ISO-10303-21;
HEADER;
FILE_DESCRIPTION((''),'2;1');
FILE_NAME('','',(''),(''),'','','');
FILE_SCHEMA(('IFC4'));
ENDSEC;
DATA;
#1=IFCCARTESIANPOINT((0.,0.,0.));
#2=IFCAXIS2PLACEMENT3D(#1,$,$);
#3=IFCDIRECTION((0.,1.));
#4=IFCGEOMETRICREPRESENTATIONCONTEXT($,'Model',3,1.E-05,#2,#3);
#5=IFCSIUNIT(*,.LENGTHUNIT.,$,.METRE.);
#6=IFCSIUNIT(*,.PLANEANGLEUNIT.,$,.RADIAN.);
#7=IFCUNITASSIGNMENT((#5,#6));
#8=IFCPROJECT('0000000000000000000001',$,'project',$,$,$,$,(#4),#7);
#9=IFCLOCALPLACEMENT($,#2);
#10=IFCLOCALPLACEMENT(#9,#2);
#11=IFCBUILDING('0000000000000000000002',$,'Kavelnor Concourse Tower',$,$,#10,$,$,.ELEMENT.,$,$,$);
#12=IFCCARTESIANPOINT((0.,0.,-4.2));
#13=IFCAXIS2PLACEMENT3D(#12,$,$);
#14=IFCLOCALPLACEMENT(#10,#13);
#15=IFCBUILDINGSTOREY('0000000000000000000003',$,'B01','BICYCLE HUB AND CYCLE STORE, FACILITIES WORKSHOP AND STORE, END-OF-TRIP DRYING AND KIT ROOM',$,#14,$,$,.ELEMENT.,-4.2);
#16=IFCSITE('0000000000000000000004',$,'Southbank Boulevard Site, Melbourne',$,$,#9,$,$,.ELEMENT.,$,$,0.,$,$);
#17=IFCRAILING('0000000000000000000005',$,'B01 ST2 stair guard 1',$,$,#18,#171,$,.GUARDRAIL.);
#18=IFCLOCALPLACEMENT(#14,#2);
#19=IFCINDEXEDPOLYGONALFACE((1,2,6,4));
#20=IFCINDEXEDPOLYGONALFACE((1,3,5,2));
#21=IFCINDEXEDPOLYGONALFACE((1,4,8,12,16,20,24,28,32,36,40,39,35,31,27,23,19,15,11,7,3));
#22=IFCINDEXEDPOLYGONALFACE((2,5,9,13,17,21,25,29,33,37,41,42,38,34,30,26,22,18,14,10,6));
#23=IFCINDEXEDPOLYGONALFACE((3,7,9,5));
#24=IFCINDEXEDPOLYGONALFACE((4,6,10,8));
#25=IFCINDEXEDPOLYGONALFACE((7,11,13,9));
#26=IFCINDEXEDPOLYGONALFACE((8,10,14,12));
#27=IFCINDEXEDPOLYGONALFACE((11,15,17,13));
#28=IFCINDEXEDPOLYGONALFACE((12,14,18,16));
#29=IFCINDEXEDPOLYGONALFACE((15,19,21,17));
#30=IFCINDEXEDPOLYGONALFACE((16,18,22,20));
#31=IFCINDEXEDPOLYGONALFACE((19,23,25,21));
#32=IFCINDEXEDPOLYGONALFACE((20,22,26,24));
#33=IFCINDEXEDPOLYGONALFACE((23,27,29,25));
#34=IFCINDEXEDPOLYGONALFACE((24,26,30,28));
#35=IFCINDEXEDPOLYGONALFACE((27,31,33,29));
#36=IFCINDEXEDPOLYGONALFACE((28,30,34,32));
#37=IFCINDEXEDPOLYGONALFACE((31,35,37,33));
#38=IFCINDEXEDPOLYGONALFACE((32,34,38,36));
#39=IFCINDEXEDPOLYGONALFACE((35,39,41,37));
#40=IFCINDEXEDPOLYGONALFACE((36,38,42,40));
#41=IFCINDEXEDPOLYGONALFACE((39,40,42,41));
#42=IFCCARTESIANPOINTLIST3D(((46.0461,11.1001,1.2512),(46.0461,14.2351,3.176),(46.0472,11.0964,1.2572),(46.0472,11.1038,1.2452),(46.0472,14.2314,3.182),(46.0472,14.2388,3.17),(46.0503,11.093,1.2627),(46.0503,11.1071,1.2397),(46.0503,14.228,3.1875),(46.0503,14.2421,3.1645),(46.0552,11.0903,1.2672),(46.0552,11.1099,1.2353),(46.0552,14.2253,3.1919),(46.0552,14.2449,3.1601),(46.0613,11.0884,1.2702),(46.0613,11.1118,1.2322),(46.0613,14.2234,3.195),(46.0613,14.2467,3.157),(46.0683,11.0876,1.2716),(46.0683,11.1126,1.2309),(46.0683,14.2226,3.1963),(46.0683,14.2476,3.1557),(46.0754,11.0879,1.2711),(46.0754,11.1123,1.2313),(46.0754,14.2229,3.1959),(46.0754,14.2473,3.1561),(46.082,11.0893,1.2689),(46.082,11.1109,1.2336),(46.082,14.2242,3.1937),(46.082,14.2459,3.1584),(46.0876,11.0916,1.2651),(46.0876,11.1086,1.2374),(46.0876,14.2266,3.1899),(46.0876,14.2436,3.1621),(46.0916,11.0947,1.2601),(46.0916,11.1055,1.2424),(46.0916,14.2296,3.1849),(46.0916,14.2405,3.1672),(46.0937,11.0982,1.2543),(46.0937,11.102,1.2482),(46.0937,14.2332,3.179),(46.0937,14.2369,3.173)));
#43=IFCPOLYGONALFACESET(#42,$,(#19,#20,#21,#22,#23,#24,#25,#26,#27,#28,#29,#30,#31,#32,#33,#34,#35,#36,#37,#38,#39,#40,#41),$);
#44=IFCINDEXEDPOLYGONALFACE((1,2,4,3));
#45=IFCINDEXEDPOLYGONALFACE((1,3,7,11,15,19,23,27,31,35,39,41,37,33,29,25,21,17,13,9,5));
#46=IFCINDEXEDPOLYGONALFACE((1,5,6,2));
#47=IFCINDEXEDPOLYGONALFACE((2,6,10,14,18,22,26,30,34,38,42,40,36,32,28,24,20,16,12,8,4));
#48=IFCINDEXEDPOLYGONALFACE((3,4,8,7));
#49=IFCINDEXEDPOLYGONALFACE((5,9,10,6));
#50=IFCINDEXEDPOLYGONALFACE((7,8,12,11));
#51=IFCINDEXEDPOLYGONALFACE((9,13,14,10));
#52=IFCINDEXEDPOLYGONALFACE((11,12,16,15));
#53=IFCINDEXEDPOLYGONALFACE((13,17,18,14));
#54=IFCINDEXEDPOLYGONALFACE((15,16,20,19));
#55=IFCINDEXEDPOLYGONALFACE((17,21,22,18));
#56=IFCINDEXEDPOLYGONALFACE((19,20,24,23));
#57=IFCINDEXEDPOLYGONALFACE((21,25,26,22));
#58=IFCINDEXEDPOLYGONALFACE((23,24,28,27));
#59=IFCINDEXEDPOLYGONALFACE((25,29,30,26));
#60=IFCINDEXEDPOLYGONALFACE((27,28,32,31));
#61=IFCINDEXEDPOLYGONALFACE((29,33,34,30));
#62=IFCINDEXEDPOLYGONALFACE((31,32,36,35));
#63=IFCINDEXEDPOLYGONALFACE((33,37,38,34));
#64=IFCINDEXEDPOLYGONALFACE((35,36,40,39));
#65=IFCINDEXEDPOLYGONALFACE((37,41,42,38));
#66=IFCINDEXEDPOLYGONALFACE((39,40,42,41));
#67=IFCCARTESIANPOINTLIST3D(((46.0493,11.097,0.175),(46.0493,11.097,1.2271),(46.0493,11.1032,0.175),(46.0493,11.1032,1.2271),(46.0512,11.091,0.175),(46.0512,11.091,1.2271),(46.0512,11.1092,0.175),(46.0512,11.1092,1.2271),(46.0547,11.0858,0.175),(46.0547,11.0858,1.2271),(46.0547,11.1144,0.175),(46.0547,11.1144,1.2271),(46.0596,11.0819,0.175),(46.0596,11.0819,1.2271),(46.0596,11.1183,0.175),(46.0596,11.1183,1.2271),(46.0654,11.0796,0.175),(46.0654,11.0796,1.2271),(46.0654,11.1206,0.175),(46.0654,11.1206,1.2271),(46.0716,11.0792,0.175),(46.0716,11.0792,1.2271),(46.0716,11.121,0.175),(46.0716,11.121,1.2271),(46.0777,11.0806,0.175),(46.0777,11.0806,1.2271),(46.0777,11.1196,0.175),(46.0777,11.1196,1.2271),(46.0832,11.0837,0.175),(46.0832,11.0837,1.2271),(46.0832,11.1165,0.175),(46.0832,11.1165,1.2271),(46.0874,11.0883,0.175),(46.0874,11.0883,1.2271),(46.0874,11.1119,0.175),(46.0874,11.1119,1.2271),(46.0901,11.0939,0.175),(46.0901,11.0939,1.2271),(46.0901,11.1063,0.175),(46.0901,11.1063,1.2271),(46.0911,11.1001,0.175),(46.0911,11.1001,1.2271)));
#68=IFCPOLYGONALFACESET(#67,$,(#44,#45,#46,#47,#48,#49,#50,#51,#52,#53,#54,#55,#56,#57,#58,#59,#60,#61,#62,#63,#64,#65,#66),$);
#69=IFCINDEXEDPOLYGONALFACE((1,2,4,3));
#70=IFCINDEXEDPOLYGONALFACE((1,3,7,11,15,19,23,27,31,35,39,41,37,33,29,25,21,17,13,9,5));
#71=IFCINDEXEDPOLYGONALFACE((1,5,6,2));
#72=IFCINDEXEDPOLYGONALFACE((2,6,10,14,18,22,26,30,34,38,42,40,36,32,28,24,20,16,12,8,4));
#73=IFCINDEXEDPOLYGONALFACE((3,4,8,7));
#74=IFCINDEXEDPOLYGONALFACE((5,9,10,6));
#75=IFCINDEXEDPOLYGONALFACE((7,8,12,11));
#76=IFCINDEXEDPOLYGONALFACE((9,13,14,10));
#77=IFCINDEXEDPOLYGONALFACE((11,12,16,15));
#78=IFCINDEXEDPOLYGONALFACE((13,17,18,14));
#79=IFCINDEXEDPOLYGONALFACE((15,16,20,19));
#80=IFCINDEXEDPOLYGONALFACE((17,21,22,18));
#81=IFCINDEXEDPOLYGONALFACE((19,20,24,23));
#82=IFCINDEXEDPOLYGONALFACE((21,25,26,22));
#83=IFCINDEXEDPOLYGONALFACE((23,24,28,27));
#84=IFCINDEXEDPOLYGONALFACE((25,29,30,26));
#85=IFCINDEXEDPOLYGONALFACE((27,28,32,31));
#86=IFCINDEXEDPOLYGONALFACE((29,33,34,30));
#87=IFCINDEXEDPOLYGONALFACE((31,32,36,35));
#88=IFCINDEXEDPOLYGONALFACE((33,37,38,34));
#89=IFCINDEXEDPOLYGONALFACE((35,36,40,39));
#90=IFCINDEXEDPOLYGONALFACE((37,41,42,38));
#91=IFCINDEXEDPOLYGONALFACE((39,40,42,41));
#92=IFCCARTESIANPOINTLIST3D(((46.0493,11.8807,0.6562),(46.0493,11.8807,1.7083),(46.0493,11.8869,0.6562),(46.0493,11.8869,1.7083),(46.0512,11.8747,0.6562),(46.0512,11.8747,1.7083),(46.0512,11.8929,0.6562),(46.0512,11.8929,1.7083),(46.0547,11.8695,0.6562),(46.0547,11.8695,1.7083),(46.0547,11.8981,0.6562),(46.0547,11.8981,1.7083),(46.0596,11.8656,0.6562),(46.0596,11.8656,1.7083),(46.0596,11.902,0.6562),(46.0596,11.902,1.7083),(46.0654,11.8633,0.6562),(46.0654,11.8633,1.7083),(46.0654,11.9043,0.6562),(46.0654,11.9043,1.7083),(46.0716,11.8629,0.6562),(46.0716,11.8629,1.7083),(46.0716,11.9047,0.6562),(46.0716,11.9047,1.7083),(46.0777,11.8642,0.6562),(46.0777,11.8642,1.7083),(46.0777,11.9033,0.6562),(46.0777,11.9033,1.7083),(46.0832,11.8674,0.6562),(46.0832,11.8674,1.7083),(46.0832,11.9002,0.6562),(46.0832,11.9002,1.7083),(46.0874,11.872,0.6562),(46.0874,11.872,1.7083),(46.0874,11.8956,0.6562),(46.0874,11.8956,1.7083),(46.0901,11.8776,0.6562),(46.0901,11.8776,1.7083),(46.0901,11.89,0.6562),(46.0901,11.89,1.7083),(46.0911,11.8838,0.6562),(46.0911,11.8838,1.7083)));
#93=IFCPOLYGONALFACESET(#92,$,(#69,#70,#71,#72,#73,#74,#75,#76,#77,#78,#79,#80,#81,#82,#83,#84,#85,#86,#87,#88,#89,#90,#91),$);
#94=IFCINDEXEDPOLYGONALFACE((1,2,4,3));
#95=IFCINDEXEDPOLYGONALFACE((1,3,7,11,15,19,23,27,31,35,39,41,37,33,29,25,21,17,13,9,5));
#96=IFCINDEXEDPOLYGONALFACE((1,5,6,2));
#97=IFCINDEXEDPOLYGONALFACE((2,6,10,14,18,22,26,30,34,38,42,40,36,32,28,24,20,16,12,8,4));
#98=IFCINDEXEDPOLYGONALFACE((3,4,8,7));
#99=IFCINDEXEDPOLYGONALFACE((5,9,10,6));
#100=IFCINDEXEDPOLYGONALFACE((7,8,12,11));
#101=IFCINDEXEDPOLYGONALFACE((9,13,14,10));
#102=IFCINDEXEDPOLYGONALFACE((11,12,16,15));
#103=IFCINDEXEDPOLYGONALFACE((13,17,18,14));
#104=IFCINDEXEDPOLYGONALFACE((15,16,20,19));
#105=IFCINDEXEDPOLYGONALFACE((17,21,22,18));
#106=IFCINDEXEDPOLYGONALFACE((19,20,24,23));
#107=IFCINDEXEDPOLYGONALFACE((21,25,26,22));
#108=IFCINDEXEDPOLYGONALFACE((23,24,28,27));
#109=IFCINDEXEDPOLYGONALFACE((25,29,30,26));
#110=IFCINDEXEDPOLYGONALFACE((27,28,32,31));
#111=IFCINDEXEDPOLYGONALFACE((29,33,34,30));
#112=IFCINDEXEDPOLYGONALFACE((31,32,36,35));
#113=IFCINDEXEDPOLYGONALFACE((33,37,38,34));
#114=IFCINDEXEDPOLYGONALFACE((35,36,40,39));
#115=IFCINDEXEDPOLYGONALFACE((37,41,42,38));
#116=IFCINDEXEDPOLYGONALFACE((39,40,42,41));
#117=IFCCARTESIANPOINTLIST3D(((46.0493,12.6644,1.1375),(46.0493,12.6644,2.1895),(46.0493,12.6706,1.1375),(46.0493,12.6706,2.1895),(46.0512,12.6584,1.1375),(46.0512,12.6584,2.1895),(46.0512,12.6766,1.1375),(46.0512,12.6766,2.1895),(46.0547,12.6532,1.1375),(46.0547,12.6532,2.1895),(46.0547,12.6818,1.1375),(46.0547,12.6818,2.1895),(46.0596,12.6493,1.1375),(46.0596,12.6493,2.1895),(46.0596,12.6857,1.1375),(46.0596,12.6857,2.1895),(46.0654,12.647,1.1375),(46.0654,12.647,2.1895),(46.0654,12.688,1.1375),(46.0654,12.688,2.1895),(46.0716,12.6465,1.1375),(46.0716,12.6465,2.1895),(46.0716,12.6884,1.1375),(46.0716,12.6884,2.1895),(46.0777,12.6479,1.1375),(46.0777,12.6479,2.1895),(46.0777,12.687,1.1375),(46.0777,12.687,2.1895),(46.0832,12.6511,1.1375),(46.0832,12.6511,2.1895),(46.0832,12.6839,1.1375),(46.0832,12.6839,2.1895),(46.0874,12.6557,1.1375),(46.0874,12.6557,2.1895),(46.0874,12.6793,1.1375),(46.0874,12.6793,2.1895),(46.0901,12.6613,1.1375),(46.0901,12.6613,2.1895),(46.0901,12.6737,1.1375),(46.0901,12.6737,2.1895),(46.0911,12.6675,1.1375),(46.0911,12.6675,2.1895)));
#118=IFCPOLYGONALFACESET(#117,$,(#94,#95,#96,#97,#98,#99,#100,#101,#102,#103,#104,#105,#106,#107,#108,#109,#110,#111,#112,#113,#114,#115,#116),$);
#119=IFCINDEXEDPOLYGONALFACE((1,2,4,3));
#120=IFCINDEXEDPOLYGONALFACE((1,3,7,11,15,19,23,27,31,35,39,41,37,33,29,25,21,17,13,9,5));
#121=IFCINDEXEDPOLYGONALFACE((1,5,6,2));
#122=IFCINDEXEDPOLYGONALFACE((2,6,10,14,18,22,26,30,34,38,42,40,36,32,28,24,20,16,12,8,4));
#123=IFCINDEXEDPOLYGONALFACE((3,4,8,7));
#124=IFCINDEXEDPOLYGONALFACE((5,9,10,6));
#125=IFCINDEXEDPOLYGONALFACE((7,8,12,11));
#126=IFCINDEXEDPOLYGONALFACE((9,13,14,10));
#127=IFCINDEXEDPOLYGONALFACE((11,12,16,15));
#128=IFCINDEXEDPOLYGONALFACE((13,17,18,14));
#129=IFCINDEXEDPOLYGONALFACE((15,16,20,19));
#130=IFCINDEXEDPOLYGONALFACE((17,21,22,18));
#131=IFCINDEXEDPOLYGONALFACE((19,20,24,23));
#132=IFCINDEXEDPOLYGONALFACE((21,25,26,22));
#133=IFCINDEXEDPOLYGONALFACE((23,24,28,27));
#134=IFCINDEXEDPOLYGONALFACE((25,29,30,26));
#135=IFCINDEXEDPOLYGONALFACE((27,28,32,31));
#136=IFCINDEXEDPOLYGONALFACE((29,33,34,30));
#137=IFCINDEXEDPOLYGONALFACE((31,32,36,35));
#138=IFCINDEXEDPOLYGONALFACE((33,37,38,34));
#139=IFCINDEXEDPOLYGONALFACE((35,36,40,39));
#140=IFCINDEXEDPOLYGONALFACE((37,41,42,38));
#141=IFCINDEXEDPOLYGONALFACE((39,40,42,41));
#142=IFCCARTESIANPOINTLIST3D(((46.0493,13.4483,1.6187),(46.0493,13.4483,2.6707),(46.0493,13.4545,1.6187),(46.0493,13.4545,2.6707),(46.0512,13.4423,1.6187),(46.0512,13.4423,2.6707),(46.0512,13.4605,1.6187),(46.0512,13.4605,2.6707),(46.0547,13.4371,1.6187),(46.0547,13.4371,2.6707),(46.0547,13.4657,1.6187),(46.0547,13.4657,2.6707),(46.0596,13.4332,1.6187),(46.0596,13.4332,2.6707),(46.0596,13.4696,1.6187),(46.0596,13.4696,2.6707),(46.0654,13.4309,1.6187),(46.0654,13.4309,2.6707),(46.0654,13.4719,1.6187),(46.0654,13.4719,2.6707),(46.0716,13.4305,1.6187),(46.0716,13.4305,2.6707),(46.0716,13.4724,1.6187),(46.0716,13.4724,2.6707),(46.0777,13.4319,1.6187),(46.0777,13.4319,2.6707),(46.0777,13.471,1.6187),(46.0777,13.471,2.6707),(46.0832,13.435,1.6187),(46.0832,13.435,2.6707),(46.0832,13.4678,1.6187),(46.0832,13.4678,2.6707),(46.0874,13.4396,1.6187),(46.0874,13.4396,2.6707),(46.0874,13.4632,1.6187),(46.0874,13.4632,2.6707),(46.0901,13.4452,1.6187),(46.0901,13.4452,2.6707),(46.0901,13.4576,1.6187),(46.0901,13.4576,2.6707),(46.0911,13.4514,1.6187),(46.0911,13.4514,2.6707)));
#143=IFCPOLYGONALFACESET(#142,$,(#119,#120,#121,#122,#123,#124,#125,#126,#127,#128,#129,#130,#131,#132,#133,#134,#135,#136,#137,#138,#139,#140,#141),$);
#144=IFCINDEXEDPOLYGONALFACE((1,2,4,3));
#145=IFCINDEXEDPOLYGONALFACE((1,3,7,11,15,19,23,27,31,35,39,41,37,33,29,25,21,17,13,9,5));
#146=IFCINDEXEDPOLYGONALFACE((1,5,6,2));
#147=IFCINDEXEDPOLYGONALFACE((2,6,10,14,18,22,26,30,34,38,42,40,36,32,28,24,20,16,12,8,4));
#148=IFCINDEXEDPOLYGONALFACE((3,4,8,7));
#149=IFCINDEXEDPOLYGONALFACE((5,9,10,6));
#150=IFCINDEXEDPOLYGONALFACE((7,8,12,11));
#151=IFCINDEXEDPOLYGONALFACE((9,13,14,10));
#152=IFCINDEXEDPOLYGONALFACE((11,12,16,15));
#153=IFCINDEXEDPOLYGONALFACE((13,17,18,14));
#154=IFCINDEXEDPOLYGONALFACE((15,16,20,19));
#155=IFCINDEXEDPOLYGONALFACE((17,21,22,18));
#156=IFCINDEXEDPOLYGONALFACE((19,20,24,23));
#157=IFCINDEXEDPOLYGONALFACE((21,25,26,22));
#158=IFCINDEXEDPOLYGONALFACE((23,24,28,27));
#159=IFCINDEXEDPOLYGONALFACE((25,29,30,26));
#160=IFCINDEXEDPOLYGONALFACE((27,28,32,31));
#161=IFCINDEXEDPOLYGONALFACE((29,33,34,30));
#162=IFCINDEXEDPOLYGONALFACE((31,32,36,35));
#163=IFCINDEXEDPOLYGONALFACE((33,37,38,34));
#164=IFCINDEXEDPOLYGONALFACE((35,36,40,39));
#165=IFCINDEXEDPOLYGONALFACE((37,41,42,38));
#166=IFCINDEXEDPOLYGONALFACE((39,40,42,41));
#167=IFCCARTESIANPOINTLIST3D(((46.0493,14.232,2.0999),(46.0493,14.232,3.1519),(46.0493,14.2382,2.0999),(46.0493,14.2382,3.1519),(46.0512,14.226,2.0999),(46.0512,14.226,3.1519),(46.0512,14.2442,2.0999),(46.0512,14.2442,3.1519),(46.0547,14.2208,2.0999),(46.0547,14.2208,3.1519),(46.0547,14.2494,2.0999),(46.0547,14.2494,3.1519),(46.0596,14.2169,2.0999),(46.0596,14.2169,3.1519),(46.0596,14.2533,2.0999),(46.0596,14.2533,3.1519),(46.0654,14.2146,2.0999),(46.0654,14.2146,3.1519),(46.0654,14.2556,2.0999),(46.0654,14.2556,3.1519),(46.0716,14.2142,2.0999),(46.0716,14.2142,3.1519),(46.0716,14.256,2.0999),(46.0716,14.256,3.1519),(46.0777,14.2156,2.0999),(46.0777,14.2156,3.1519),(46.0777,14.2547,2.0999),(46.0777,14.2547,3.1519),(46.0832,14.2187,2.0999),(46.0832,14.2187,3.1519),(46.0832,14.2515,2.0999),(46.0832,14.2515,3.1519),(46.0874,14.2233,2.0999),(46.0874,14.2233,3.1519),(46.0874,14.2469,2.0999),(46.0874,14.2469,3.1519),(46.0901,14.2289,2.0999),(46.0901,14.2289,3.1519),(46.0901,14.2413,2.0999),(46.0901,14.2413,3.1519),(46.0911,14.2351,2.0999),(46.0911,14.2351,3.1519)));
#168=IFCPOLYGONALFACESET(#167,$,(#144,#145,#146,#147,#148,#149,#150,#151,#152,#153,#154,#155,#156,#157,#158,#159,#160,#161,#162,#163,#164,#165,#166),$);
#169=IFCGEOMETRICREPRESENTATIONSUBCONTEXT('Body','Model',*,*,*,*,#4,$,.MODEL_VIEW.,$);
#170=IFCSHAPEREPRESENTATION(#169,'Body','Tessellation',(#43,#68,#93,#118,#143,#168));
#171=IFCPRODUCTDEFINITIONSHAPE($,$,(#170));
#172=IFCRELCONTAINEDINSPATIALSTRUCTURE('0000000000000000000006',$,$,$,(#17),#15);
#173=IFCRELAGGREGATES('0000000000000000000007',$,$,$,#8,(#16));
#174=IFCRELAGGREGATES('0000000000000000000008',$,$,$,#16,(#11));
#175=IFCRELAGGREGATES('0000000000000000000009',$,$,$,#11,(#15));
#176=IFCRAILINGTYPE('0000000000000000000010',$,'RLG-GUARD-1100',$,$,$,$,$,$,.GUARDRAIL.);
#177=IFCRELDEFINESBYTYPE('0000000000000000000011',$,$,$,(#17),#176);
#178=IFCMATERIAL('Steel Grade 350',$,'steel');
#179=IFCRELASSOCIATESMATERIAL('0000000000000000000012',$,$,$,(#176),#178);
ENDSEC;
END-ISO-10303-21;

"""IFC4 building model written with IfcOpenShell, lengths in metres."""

from ifc_helpers import new_model, si_unit, direction, frame, origin, origin_2d, place, context, subcontext, project, spatial, circle, extrude, material, type_object, element, save


model = new_model("IFC4")

# Units and contexts
model_context = context("Model", 3, precision=1e-05, world=origin(), true_north=direction((0.0, 1.0)))
body_context = subcontext(model_context, "Body", "Model", "MODEL_VIEW")
ifc_project = project(units=[si_unit("LENGTHUNIT", "METRE"), si_unit("PLANEANGLEUNIT", "RADIAN")], contexts=[model_context])

# Site, building, storey
site_placement = place(None, origin())
site = spatial("IfcSite", under=ifc_project, at=site_placement, Name="Southbank Boulevard Site, Melbourne", CompositionType="ELEMENT", RefElevation=0.0)
building_placement = place(site_placement, origin())
building = spatial("IfcBuilding", under=site, at=building_placement, Name="Kavelnor Concourse Tower", CompositionType="ELEMENT")
storey_placement = place(building_placement, frame((0.0, 0.0, -4.2)))
storey = spatial("IfcBuildingStorey", under=building, at=storey_placement, Name="B01", Description="BICYCLE HUB AND CYCLE STORE, FACILITIES WORKSHOP AND STORE, END-OF-TRIP DRYING AND KIT ROOM", CompositionType="ELEMENT", Elevation=-4.2)

# Shared definitions
ifc_material_1 = material(Name="Steel Grade 350", Category="steel")

# Railing
railing_type_1 = type_object("IfcRailingType", Name="RLG-GUARD-1100", PredefinedType="GUARDRAIL", material=ifc_material_1)
railing_1_placement = place(storey_placement, frame((46.0701, 11.1001, 0.175)))
element("IfcRailing", 1, at=railing_1_placement, inside=storey, type_object=railing_type_1, Name="B01 ST2 stair guard 1", PredefinedType="GUARDRAIL", context=body_context, shape_type="SweptSolid", body=[
    extrude(circle(Radius=0.0239, at=origin_2d()), frame((0.0, 0.0, 1.0762), z_axis=(0.0, 0.852196, 0.523223), x_axis=(-1.0, 0.0, 0.0)), (0.0, 0.0, 1.0), 3.6787),
    extrude(circle(Radius=0.021, at=origin_2d()), origin(), (0.0, 0.0, 1.0), 1.052),
    extrude(circle(Radius=0.021, at=origin_2d()), frame((0.0, 0.7837, 0.4812)), (0.0, 0.0, 1.0), 1.052),
    extrude(circle(Radius=0.021, at=origin_2d()), frame((0.0, 1.5674, 0.9624)), (0.0, 0.0, 1.0), 1.052),
    extrude(circle(Radius=0.021, at=origin_2d()), frame((0.0, 2.3513, 1.4436)), (0.0, 0.0, 1.0), 1.052),
    extrude(circle(Radius=0.021, at=origin_2d()), frame((0.0, 3.135, 1.9248)), (0.0, 0.0, 1.0), 1.052),
])

save(model, "model.ifc")
